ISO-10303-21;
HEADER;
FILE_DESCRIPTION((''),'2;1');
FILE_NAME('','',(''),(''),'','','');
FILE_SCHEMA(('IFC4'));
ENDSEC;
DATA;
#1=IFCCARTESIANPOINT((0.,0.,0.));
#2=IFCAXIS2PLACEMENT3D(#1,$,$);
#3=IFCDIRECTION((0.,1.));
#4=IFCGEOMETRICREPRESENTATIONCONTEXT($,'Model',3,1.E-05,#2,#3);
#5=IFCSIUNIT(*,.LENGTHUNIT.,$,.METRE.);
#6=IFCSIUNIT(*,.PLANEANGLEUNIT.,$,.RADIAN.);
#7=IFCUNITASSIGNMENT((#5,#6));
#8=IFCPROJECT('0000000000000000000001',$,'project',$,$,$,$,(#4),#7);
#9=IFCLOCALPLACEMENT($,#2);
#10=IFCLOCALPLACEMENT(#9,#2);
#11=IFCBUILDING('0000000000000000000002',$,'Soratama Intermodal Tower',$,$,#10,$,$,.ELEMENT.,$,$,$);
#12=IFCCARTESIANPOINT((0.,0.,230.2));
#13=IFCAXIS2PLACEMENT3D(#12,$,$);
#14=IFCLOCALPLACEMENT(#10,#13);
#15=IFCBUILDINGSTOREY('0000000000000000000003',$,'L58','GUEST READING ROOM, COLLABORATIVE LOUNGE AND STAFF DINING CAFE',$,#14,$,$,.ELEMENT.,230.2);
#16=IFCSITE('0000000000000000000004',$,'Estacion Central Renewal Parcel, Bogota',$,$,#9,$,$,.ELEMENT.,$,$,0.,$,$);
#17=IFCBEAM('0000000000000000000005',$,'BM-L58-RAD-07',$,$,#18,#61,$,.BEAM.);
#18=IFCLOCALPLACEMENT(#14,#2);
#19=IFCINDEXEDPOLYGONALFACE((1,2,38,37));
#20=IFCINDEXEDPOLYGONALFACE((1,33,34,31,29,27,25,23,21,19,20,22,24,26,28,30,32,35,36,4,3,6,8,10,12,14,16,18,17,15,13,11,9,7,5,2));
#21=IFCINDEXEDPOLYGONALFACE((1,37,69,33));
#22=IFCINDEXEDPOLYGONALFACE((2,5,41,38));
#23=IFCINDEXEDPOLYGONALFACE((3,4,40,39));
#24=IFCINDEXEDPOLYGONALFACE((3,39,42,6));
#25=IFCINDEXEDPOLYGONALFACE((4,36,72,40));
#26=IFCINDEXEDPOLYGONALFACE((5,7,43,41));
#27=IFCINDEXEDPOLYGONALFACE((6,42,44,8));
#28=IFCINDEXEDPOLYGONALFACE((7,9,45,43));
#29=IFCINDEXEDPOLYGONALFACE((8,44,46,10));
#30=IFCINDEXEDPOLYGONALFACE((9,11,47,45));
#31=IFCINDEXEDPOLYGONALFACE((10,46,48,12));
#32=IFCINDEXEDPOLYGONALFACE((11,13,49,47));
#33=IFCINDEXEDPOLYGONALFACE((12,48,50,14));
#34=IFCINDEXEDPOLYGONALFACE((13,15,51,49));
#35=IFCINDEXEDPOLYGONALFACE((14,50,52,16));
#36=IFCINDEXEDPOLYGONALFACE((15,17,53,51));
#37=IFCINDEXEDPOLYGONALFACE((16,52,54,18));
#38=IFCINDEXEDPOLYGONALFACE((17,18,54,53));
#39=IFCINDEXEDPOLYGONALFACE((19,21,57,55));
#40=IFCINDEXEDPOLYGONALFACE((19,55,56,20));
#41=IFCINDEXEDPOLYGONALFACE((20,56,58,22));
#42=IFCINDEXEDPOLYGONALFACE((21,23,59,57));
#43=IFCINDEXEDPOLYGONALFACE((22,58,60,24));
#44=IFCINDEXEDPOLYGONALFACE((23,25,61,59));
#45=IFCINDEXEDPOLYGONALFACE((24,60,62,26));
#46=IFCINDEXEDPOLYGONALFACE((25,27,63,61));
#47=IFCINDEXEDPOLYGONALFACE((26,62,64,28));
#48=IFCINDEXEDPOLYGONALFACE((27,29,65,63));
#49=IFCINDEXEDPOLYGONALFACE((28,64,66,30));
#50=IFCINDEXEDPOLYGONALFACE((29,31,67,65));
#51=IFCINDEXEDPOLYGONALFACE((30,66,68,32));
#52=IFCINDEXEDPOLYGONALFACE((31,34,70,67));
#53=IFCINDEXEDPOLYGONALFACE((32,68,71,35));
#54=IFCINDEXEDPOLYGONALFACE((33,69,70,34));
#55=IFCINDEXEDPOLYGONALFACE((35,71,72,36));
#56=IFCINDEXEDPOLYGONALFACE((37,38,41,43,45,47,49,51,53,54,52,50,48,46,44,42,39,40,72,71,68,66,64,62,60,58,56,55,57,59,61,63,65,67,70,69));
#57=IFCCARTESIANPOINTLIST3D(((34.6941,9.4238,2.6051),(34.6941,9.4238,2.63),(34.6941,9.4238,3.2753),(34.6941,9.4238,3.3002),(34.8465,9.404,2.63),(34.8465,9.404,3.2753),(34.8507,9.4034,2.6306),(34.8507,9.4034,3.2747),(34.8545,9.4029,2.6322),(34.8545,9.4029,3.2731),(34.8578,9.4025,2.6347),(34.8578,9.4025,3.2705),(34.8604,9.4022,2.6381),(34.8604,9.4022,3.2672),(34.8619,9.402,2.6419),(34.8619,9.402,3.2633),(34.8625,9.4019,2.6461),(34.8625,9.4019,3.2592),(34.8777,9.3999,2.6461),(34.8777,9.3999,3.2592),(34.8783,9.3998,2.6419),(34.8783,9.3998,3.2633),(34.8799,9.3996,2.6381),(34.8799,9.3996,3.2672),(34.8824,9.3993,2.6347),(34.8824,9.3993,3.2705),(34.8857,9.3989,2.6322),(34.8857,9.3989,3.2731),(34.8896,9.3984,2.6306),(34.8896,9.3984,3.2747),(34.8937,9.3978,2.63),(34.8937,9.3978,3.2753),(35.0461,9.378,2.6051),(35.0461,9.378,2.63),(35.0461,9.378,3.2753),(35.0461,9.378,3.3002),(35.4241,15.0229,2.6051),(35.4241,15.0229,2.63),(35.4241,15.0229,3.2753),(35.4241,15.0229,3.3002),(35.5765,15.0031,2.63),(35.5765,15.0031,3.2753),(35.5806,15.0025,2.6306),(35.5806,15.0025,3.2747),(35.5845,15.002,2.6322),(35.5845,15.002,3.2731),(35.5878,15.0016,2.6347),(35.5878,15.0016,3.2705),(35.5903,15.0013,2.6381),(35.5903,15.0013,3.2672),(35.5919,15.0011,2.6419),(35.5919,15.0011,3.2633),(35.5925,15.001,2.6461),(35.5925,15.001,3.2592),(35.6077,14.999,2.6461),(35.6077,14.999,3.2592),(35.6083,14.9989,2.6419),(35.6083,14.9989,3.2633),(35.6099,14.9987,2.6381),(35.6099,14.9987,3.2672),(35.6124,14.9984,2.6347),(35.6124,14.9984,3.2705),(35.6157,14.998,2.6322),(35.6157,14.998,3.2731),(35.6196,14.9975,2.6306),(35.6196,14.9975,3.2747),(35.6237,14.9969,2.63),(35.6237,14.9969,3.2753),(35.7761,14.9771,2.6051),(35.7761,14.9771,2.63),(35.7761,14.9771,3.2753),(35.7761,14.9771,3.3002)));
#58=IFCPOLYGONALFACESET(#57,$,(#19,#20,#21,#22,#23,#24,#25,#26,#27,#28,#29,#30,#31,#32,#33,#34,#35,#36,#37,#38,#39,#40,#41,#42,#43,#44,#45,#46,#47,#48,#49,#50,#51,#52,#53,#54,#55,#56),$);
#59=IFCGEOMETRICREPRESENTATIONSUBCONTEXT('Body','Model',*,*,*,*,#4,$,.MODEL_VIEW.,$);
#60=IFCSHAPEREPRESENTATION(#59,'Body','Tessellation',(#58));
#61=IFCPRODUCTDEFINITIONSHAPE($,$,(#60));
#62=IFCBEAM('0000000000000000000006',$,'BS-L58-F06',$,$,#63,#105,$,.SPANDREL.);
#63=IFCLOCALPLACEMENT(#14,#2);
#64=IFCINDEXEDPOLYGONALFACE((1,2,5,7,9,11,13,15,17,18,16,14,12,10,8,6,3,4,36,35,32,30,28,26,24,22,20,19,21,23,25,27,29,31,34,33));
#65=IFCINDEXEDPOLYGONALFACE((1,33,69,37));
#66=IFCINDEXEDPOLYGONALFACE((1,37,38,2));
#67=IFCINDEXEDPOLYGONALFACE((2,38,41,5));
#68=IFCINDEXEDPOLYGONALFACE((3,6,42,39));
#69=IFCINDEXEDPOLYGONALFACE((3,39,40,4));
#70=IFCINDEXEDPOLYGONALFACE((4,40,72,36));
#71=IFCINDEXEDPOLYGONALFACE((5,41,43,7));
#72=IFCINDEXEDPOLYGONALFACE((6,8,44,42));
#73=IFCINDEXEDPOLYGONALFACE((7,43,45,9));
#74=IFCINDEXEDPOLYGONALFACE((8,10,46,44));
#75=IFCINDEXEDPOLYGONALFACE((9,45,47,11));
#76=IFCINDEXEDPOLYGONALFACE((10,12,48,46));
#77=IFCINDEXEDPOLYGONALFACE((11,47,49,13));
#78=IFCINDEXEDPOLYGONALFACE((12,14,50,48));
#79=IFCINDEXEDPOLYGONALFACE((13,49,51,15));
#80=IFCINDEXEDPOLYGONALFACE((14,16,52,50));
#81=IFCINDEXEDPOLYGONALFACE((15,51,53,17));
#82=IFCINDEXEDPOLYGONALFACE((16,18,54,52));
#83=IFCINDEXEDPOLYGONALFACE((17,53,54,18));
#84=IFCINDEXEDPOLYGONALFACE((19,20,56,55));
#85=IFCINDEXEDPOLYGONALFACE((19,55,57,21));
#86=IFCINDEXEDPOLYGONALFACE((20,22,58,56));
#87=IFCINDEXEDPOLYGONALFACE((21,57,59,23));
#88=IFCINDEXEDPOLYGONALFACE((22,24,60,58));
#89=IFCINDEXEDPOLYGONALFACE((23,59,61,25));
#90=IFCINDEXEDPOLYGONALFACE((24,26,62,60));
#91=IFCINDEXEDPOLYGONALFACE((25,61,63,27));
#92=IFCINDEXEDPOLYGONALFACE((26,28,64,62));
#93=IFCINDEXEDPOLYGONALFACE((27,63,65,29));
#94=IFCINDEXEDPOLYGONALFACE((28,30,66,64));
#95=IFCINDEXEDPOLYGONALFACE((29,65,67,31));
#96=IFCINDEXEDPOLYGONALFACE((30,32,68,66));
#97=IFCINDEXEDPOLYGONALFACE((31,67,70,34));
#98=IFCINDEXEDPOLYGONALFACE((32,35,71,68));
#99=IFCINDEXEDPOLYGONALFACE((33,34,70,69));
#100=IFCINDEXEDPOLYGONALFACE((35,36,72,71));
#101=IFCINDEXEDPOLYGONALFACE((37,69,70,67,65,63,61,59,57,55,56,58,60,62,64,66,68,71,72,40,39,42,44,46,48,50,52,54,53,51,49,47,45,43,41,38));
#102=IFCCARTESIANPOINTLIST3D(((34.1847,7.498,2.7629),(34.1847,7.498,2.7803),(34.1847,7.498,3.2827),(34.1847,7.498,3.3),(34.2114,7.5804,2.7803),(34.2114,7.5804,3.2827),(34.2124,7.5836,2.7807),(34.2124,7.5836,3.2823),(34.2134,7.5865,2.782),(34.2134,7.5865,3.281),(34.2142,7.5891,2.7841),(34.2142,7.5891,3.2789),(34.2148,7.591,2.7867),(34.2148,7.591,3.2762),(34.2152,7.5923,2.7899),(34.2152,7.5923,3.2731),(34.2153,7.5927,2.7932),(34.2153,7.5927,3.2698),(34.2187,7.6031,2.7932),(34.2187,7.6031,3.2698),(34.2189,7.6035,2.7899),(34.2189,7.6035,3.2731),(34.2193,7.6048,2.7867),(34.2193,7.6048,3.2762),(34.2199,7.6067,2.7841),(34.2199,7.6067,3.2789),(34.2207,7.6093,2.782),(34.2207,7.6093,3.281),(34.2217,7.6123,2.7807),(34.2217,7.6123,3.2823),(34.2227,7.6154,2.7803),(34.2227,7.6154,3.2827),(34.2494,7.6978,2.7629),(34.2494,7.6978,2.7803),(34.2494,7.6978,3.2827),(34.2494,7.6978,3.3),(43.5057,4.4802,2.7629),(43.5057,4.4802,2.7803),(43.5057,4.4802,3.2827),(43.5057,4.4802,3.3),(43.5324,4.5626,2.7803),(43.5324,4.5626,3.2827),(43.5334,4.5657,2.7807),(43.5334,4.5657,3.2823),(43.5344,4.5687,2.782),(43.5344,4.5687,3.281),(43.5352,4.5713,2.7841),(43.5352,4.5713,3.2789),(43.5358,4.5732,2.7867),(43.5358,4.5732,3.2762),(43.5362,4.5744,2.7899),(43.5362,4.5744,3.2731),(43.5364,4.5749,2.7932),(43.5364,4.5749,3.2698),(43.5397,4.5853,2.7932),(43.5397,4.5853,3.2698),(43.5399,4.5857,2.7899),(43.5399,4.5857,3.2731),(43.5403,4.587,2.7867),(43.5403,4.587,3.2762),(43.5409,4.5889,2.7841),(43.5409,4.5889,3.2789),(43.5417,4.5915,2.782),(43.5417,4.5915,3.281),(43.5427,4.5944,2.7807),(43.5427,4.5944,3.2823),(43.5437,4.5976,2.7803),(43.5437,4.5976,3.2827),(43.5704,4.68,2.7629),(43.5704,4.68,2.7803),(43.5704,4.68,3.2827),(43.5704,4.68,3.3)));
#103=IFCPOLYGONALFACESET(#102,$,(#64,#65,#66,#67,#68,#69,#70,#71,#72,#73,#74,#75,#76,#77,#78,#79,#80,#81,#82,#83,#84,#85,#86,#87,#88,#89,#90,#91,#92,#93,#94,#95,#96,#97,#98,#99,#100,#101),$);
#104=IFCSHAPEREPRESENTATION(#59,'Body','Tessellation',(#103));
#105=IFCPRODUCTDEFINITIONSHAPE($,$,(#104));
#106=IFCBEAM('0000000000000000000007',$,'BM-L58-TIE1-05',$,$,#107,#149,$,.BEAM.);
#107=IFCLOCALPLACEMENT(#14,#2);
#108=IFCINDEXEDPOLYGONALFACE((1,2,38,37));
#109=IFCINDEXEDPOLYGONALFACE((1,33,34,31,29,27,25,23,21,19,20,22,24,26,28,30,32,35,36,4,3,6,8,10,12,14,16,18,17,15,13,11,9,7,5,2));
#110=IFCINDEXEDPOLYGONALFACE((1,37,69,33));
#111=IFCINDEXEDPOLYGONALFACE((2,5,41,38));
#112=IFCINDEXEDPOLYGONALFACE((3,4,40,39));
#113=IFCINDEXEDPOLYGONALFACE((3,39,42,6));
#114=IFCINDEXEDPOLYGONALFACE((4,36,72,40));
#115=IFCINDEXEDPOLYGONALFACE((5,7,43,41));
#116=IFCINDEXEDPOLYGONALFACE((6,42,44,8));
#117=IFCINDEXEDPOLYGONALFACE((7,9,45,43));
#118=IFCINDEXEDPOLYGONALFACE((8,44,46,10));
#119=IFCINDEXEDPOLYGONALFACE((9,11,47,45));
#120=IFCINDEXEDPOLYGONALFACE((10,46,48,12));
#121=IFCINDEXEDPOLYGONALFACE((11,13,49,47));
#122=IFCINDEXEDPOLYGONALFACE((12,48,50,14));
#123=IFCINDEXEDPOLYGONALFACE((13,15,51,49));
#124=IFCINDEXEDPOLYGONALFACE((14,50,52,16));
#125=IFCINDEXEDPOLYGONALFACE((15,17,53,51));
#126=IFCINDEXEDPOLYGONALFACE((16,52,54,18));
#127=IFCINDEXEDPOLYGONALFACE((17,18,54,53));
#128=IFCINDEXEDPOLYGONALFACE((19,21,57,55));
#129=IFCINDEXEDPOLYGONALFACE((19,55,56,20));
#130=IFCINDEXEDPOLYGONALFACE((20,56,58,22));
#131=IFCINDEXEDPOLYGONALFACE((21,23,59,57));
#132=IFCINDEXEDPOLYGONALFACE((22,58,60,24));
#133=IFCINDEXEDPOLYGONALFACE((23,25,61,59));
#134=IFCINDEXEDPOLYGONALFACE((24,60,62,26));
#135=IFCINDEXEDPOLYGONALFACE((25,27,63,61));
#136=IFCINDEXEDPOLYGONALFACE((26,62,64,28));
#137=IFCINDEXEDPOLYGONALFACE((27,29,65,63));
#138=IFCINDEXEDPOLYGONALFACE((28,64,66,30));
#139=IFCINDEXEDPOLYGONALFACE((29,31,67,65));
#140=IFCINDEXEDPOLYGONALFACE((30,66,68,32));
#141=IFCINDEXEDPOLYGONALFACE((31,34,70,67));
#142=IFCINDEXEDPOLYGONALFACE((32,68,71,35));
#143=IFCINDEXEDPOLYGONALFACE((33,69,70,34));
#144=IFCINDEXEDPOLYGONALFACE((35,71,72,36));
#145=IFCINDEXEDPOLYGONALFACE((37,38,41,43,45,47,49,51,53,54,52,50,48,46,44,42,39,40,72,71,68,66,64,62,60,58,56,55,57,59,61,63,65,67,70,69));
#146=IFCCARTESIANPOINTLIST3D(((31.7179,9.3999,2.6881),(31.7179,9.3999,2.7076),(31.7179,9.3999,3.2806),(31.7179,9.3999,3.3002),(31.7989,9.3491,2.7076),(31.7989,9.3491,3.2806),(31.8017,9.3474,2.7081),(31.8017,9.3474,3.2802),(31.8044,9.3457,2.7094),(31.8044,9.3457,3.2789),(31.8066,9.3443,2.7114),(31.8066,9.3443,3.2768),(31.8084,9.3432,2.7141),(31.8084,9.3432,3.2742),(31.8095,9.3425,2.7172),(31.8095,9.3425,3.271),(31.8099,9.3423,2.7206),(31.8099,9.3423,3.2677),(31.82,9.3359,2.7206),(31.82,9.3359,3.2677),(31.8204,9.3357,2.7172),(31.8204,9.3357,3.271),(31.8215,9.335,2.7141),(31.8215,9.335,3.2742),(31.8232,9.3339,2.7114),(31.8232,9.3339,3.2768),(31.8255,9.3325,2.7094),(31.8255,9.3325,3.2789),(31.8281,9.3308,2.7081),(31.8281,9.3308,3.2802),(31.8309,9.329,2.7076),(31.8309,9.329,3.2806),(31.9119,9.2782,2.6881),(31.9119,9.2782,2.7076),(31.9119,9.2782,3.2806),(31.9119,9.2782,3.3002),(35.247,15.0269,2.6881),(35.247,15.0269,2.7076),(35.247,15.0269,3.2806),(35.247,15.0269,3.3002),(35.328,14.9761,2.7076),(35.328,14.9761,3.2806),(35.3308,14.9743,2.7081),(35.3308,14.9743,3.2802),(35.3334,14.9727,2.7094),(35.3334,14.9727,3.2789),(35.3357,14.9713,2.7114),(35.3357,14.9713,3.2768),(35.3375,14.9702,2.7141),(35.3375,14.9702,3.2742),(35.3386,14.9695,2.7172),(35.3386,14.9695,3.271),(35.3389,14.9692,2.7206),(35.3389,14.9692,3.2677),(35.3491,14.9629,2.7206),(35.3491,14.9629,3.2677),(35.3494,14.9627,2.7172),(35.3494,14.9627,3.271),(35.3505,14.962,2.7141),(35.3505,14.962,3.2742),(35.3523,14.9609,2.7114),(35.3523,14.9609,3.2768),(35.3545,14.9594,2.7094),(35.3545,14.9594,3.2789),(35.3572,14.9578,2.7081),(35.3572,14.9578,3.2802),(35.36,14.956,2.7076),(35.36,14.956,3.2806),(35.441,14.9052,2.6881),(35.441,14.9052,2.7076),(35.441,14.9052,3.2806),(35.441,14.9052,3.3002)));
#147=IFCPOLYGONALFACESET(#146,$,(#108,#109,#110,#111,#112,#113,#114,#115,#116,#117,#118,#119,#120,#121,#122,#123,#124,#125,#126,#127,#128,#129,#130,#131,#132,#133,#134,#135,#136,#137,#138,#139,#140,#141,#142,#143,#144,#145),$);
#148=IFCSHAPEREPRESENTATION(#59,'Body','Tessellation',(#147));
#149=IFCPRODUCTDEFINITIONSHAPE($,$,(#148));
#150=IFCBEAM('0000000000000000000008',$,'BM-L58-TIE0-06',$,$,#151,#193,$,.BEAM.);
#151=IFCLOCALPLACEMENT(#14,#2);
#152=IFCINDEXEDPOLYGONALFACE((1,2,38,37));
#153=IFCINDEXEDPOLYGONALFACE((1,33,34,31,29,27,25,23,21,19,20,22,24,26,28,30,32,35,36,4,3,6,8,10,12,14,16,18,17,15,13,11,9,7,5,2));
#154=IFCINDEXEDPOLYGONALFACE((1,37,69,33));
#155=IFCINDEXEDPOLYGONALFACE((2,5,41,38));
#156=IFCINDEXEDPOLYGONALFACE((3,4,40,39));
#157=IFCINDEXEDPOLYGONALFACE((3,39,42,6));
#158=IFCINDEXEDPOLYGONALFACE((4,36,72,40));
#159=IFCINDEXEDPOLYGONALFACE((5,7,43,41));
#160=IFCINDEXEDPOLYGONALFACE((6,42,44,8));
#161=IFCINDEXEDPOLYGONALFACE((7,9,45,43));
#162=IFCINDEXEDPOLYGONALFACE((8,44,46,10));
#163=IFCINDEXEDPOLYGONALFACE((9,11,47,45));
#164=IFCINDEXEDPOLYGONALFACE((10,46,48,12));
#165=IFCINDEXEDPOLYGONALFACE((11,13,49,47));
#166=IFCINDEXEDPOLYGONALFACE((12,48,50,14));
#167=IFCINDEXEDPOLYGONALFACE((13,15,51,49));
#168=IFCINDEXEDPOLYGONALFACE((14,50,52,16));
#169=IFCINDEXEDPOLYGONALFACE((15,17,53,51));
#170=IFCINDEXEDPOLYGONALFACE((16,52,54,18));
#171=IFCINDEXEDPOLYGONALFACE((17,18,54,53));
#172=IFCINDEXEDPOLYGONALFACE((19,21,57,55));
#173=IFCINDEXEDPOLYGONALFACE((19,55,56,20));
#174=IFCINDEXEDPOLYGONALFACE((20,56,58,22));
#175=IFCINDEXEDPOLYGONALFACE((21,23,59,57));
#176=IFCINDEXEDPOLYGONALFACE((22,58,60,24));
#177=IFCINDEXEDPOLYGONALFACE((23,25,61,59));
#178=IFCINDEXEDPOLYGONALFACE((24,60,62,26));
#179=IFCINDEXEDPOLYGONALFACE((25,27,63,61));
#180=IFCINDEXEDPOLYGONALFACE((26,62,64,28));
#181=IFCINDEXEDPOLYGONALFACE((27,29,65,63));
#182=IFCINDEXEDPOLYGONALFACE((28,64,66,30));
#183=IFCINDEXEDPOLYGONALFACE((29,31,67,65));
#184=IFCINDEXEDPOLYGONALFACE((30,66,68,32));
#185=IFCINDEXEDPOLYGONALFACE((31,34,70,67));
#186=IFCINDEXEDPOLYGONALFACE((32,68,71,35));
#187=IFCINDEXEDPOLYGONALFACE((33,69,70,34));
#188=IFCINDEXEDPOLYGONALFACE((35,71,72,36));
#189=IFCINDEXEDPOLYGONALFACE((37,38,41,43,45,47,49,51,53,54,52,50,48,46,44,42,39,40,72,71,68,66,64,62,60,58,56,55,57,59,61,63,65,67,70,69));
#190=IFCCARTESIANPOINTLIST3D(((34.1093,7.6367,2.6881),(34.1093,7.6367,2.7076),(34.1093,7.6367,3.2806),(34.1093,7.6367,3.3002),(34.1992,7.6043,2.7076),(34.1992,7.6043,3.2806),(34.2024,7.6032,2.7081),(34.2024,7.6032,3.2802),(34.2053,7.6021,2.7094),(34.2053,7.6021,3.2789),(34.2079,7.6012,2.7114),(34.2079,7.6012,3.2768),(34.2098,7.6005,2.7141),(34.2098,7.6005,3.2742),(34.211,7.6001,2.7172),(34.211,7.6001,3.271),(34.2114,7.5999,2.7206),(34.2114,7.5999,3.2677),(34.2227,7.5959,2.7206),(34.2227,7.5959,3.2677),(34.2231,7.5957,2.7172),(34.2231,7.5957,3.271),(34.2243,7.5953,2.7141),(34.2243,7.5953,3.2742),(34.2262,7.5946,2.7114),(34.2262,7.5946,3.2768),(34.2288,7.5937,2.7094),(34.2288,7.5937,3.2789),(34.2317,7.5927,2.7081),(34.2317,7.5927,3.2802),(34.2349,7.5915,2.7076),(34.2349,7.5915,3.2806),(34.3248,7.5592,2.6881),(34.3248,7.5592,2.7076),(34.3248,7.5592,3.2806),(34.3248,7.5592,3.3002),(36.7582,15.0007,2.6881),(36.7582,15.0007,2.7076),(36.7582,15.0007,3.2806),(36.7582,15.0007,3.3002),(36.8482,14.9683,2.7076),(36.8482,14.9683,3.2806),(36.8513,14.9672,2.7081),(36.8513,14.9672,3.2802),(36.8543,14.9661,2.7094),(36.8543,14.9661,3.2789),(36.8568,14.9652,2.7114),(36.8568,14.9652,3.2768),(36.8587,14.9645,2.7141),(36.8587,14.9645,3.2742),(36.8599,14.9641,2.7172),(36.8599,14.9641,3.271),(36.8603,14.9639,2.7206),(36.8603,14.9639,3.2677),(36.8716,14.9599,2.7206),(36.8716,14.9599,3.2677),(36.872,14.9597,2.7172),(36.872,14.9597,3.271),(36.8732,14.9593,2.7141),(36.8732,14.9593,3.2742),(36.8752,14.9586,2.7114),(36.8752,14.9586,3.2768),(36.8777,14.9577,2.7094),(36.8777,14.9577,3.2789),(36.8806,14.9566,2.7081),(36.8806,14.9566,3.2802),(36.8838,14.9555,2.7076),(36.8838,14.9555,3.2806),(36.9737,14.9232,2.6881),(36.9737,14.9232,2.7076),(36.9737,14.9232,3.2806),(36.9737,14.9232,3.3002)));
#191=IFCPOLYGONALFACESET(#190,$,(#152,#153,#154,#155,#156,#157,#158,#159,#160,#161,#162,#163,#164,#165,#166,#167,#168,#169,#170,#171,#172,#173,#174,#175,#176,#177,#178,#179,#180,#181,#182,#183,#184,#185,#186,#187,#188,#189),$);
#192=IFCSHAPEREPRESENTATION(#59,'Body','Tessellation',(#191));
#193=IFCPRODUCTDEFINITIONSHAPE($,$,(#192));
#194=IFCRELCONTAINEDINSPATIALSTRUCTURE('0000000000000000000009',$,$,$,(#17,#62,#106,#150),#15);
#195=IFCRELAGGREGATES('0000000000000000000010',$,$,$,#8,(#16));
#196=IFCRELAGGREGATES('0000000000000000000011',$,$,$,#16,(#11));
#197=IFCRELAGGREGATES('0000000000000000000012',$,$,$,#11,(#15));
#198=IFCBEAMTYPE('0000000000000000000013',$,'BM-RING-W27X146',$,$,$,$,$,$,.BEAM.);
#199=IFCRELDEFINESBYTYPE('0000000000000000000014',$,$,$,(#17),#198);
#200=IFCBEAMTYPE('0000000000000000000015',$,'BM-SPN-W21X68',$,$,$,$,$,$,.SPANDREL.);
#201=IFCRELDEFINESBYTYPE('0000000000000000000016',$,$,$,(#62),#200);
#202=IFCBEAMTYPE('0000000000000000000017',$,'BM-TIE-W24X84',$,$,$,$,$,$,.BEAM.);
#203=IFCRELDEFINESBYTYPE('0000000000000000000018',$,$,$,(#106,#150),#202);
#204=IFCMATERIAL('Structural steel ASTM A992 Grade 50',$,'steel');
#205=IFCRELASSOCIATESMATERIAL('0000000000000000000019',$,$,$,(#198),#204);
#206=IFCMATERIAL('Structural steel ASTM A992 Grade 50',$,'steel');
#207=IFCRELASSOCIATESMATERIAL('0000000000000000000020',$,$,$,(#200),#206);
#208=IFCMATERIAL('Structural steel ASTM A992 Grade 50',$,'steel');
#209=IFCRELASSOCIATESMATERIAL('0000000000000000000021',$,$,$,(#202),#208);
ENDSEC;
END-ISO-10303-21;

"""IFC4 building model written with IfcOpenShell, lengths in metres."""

from ifc_helpers import new_model, si_unit, direction, frame, origin, origin_2d, place, context, subcontext, project, spatial, i_section, extrude, material, material_profile, profile_set, type_object, element, save


model = new_model("IFC4")

# Units and contexts
model_context = context("Model", 3, precision=1e-05, world=origin(), true_north=direction((0.0, 1.0)))
body_context = subcontext(model_context, "Body", "Model", "MODEL_VIEW")
ifc_project = project(units=[si_unit("LENGTHUNIT", "METRE"), si_unit("PLANEANGLEUNIT", "RADIAN")], contexts=[model_context])

# Site, building, storey
site_placement = place(None, origin())
site = spatial("IfcSite", under=ifc_project, at=site_placement, Name="Estacion Central Renewal Parcel, Bogota", CompositionType="ELEMENT", RefElevation=0.0)
building_placement = place(site_placement, origin())
building = spatial("IfcBuilding", under=site, at=building_placement, Name="Soratama Intermodal Tower", CompositionType="ELEMENT")
storey_placement = place(building_placement, frame((0.0, 0.0, 230.2)))
storey = spatial("IfcBuildingStorey", under=building, at=storey_placement, Name="L58", Description="GUEST READING ROOM, COLLABORATIVE LOUNGE AND STAFF DINING CAFE", CompositionType="ELEMENT", Elevation=230.2)

# Beams
ifc_material_1 = material(Name="Structural steel ASTM A992 Grade 50", Category="steel")
ifc_material_profile_1 = material_profile(ifc_material_1, i_section(OverallWidth=0.355, OverallDepth=0.6951, WebThickness=0.0154, FlangeThickness=0.0249, FilletRadius=0.0161, at=origin_2d()), Name="W27X146")
ifc_profile_set_1 = profile_set([ifc_material_profile_1], Name="Structural steel ASTM A992 Grade 50")
beam_type_1 = type_object("IfcBeamType", Name="BM-RING-W27X146", PredefinedType="BEAM", material=ifc_profile_set_1)
beam_1_placement = place(storey_placement, frame((35.6001, 15.0, 2.9526), z_axis=(-0.12928, -0.991608, 0.0), x_axis=(0.991608, -0.12928, 0.0)))
element("IfcBeam", 1, at=beam_1_placement, inside=storey, type_object=beam_type_1, Name="BM-L58-RAD-07", PredefinedType="BEAM", context=body_context, shape_type="SweptSolid", body=[
    extrude(i_section(OverallWidth=0.355, OverallDepth=0.6951, WebThickness=0.0154, FlangeThickness=0.0249, FilletRadius=0.0161, at=origin_2d()), origin(), (0.0, 0.0, 1.0), 5.6465),
])
ifc_material_2 = material(Name="Structural steel ASTM A992 Grade 50", Category="steel")
ifc_material_profile_2 = material_profile(ifc_material_2, i_section(OverallWidth=0.21, OverallDepth=0.5371, WebThickness=0.011, FlangeThickness=0.0173, FilletRadius=0.0129, at=origin_2d()), Name="W21X68")
ifc_profile_set_2 = profile_set([ifc_material_profile_2], Name="Structural steel ASTM A992 Grade 50")
beam_type_2 = type_object("IfcBeamType", Name="BM-SPN-W21X68", PredefinedType="SPANDREL", material=ifc_profile_set_2)
beam_2_placement = place(storey_placement, frame((34.217, 7.5979, 3.0315), z_axis=(0.951379, -0.308023, 0.0), x_axis=(0.308023, 0.951379, 0.0)))
element("IfcBeam", 2, at=beam_2_placement, inside=storey, type_object=beam_type_2, Name="BS-L58-F06", PredefinedType="SPANDREL", context=body_context, shape_type="SweptSolid", body=[
    extrude(i_section(OverallWidth=0.21, OverallDepth=0.5371, WebThickness=0.011, FlangeThickness=0.0173, FilletRadius=0.0129, at=origin_2d()), origin(), (0.0, 0.0, 1.0), 9.7974),
])
ifc_material_3 = material(Name="Structural steel ASTM A992 Grade 50", Category="steel")
ifc_material_profile_3 = material_profile(ifc_material_3, i_section(OverallWidth=0.229, OverallDepth=0.6121, WebThickness=0.012, FlangeThickness=0.0195, FilletRadius=0.0129, at=origin_2d()), Name="W24X84")
ifc_profile_set_3 = profile_set([ifc_material_profile_3], Name="Structural steel ASTM A992 Grade 50")
beam_type_3 = type_object("IfcBeamType", Name="BM-TIE-W24X84", PredefinedType="BEAM", material=ifc_profile_set_3)
beam_3_placement = place(storey_placement, frame((35.344, 14.9661, 2.9941), z_axis=(-0.53132, -0.847171, 0.0), x_axis=(0.847171, -0.53132, 0.0)))
element("IfcBeam", 3, at=beam_3_placement, inside=storey, type_object=beam_type_3, Name="BM-L58-TIE1-05", PredefinedType="BEAM", context=body_context, shape_type="SweptSolid", body=[
    extrude(i_section(OverallWidth=0.229, OverallDepth=0.6121, WebThickness=0.012, FlangeThickness=0.0195, FilletRadius=0.0129, at=origin_2d()), origin(), (0.0, 0.0, 1.0), 6.6421),
])
beam_4_placement = place(storey_placement, frame((36.866, 14.9619, 2.9941), z_axis=(-0.33848, -0.940974, 0.0), x_axis=(0.940974, -0.33848, 0.0)))
element("IfcBeam", 4, at=beam_4_placement, inside=storey, type_object=beam_type_3, Name="BM-L58-TIE0-06", PredefinedType="BEAM", context=body_context, shape_type="SweptSolid", body=[
    extrude(i_section(OverallWidth=0.229, OverallDepth=0.6121, WebThickness=0.012, FlangeThickness=0.0195, FilletRadius=0.0129, at=origin_2d()), origin(), (0.0, 0.0, 1.0), 7.8259),
])

save(model, "model.ifc")
